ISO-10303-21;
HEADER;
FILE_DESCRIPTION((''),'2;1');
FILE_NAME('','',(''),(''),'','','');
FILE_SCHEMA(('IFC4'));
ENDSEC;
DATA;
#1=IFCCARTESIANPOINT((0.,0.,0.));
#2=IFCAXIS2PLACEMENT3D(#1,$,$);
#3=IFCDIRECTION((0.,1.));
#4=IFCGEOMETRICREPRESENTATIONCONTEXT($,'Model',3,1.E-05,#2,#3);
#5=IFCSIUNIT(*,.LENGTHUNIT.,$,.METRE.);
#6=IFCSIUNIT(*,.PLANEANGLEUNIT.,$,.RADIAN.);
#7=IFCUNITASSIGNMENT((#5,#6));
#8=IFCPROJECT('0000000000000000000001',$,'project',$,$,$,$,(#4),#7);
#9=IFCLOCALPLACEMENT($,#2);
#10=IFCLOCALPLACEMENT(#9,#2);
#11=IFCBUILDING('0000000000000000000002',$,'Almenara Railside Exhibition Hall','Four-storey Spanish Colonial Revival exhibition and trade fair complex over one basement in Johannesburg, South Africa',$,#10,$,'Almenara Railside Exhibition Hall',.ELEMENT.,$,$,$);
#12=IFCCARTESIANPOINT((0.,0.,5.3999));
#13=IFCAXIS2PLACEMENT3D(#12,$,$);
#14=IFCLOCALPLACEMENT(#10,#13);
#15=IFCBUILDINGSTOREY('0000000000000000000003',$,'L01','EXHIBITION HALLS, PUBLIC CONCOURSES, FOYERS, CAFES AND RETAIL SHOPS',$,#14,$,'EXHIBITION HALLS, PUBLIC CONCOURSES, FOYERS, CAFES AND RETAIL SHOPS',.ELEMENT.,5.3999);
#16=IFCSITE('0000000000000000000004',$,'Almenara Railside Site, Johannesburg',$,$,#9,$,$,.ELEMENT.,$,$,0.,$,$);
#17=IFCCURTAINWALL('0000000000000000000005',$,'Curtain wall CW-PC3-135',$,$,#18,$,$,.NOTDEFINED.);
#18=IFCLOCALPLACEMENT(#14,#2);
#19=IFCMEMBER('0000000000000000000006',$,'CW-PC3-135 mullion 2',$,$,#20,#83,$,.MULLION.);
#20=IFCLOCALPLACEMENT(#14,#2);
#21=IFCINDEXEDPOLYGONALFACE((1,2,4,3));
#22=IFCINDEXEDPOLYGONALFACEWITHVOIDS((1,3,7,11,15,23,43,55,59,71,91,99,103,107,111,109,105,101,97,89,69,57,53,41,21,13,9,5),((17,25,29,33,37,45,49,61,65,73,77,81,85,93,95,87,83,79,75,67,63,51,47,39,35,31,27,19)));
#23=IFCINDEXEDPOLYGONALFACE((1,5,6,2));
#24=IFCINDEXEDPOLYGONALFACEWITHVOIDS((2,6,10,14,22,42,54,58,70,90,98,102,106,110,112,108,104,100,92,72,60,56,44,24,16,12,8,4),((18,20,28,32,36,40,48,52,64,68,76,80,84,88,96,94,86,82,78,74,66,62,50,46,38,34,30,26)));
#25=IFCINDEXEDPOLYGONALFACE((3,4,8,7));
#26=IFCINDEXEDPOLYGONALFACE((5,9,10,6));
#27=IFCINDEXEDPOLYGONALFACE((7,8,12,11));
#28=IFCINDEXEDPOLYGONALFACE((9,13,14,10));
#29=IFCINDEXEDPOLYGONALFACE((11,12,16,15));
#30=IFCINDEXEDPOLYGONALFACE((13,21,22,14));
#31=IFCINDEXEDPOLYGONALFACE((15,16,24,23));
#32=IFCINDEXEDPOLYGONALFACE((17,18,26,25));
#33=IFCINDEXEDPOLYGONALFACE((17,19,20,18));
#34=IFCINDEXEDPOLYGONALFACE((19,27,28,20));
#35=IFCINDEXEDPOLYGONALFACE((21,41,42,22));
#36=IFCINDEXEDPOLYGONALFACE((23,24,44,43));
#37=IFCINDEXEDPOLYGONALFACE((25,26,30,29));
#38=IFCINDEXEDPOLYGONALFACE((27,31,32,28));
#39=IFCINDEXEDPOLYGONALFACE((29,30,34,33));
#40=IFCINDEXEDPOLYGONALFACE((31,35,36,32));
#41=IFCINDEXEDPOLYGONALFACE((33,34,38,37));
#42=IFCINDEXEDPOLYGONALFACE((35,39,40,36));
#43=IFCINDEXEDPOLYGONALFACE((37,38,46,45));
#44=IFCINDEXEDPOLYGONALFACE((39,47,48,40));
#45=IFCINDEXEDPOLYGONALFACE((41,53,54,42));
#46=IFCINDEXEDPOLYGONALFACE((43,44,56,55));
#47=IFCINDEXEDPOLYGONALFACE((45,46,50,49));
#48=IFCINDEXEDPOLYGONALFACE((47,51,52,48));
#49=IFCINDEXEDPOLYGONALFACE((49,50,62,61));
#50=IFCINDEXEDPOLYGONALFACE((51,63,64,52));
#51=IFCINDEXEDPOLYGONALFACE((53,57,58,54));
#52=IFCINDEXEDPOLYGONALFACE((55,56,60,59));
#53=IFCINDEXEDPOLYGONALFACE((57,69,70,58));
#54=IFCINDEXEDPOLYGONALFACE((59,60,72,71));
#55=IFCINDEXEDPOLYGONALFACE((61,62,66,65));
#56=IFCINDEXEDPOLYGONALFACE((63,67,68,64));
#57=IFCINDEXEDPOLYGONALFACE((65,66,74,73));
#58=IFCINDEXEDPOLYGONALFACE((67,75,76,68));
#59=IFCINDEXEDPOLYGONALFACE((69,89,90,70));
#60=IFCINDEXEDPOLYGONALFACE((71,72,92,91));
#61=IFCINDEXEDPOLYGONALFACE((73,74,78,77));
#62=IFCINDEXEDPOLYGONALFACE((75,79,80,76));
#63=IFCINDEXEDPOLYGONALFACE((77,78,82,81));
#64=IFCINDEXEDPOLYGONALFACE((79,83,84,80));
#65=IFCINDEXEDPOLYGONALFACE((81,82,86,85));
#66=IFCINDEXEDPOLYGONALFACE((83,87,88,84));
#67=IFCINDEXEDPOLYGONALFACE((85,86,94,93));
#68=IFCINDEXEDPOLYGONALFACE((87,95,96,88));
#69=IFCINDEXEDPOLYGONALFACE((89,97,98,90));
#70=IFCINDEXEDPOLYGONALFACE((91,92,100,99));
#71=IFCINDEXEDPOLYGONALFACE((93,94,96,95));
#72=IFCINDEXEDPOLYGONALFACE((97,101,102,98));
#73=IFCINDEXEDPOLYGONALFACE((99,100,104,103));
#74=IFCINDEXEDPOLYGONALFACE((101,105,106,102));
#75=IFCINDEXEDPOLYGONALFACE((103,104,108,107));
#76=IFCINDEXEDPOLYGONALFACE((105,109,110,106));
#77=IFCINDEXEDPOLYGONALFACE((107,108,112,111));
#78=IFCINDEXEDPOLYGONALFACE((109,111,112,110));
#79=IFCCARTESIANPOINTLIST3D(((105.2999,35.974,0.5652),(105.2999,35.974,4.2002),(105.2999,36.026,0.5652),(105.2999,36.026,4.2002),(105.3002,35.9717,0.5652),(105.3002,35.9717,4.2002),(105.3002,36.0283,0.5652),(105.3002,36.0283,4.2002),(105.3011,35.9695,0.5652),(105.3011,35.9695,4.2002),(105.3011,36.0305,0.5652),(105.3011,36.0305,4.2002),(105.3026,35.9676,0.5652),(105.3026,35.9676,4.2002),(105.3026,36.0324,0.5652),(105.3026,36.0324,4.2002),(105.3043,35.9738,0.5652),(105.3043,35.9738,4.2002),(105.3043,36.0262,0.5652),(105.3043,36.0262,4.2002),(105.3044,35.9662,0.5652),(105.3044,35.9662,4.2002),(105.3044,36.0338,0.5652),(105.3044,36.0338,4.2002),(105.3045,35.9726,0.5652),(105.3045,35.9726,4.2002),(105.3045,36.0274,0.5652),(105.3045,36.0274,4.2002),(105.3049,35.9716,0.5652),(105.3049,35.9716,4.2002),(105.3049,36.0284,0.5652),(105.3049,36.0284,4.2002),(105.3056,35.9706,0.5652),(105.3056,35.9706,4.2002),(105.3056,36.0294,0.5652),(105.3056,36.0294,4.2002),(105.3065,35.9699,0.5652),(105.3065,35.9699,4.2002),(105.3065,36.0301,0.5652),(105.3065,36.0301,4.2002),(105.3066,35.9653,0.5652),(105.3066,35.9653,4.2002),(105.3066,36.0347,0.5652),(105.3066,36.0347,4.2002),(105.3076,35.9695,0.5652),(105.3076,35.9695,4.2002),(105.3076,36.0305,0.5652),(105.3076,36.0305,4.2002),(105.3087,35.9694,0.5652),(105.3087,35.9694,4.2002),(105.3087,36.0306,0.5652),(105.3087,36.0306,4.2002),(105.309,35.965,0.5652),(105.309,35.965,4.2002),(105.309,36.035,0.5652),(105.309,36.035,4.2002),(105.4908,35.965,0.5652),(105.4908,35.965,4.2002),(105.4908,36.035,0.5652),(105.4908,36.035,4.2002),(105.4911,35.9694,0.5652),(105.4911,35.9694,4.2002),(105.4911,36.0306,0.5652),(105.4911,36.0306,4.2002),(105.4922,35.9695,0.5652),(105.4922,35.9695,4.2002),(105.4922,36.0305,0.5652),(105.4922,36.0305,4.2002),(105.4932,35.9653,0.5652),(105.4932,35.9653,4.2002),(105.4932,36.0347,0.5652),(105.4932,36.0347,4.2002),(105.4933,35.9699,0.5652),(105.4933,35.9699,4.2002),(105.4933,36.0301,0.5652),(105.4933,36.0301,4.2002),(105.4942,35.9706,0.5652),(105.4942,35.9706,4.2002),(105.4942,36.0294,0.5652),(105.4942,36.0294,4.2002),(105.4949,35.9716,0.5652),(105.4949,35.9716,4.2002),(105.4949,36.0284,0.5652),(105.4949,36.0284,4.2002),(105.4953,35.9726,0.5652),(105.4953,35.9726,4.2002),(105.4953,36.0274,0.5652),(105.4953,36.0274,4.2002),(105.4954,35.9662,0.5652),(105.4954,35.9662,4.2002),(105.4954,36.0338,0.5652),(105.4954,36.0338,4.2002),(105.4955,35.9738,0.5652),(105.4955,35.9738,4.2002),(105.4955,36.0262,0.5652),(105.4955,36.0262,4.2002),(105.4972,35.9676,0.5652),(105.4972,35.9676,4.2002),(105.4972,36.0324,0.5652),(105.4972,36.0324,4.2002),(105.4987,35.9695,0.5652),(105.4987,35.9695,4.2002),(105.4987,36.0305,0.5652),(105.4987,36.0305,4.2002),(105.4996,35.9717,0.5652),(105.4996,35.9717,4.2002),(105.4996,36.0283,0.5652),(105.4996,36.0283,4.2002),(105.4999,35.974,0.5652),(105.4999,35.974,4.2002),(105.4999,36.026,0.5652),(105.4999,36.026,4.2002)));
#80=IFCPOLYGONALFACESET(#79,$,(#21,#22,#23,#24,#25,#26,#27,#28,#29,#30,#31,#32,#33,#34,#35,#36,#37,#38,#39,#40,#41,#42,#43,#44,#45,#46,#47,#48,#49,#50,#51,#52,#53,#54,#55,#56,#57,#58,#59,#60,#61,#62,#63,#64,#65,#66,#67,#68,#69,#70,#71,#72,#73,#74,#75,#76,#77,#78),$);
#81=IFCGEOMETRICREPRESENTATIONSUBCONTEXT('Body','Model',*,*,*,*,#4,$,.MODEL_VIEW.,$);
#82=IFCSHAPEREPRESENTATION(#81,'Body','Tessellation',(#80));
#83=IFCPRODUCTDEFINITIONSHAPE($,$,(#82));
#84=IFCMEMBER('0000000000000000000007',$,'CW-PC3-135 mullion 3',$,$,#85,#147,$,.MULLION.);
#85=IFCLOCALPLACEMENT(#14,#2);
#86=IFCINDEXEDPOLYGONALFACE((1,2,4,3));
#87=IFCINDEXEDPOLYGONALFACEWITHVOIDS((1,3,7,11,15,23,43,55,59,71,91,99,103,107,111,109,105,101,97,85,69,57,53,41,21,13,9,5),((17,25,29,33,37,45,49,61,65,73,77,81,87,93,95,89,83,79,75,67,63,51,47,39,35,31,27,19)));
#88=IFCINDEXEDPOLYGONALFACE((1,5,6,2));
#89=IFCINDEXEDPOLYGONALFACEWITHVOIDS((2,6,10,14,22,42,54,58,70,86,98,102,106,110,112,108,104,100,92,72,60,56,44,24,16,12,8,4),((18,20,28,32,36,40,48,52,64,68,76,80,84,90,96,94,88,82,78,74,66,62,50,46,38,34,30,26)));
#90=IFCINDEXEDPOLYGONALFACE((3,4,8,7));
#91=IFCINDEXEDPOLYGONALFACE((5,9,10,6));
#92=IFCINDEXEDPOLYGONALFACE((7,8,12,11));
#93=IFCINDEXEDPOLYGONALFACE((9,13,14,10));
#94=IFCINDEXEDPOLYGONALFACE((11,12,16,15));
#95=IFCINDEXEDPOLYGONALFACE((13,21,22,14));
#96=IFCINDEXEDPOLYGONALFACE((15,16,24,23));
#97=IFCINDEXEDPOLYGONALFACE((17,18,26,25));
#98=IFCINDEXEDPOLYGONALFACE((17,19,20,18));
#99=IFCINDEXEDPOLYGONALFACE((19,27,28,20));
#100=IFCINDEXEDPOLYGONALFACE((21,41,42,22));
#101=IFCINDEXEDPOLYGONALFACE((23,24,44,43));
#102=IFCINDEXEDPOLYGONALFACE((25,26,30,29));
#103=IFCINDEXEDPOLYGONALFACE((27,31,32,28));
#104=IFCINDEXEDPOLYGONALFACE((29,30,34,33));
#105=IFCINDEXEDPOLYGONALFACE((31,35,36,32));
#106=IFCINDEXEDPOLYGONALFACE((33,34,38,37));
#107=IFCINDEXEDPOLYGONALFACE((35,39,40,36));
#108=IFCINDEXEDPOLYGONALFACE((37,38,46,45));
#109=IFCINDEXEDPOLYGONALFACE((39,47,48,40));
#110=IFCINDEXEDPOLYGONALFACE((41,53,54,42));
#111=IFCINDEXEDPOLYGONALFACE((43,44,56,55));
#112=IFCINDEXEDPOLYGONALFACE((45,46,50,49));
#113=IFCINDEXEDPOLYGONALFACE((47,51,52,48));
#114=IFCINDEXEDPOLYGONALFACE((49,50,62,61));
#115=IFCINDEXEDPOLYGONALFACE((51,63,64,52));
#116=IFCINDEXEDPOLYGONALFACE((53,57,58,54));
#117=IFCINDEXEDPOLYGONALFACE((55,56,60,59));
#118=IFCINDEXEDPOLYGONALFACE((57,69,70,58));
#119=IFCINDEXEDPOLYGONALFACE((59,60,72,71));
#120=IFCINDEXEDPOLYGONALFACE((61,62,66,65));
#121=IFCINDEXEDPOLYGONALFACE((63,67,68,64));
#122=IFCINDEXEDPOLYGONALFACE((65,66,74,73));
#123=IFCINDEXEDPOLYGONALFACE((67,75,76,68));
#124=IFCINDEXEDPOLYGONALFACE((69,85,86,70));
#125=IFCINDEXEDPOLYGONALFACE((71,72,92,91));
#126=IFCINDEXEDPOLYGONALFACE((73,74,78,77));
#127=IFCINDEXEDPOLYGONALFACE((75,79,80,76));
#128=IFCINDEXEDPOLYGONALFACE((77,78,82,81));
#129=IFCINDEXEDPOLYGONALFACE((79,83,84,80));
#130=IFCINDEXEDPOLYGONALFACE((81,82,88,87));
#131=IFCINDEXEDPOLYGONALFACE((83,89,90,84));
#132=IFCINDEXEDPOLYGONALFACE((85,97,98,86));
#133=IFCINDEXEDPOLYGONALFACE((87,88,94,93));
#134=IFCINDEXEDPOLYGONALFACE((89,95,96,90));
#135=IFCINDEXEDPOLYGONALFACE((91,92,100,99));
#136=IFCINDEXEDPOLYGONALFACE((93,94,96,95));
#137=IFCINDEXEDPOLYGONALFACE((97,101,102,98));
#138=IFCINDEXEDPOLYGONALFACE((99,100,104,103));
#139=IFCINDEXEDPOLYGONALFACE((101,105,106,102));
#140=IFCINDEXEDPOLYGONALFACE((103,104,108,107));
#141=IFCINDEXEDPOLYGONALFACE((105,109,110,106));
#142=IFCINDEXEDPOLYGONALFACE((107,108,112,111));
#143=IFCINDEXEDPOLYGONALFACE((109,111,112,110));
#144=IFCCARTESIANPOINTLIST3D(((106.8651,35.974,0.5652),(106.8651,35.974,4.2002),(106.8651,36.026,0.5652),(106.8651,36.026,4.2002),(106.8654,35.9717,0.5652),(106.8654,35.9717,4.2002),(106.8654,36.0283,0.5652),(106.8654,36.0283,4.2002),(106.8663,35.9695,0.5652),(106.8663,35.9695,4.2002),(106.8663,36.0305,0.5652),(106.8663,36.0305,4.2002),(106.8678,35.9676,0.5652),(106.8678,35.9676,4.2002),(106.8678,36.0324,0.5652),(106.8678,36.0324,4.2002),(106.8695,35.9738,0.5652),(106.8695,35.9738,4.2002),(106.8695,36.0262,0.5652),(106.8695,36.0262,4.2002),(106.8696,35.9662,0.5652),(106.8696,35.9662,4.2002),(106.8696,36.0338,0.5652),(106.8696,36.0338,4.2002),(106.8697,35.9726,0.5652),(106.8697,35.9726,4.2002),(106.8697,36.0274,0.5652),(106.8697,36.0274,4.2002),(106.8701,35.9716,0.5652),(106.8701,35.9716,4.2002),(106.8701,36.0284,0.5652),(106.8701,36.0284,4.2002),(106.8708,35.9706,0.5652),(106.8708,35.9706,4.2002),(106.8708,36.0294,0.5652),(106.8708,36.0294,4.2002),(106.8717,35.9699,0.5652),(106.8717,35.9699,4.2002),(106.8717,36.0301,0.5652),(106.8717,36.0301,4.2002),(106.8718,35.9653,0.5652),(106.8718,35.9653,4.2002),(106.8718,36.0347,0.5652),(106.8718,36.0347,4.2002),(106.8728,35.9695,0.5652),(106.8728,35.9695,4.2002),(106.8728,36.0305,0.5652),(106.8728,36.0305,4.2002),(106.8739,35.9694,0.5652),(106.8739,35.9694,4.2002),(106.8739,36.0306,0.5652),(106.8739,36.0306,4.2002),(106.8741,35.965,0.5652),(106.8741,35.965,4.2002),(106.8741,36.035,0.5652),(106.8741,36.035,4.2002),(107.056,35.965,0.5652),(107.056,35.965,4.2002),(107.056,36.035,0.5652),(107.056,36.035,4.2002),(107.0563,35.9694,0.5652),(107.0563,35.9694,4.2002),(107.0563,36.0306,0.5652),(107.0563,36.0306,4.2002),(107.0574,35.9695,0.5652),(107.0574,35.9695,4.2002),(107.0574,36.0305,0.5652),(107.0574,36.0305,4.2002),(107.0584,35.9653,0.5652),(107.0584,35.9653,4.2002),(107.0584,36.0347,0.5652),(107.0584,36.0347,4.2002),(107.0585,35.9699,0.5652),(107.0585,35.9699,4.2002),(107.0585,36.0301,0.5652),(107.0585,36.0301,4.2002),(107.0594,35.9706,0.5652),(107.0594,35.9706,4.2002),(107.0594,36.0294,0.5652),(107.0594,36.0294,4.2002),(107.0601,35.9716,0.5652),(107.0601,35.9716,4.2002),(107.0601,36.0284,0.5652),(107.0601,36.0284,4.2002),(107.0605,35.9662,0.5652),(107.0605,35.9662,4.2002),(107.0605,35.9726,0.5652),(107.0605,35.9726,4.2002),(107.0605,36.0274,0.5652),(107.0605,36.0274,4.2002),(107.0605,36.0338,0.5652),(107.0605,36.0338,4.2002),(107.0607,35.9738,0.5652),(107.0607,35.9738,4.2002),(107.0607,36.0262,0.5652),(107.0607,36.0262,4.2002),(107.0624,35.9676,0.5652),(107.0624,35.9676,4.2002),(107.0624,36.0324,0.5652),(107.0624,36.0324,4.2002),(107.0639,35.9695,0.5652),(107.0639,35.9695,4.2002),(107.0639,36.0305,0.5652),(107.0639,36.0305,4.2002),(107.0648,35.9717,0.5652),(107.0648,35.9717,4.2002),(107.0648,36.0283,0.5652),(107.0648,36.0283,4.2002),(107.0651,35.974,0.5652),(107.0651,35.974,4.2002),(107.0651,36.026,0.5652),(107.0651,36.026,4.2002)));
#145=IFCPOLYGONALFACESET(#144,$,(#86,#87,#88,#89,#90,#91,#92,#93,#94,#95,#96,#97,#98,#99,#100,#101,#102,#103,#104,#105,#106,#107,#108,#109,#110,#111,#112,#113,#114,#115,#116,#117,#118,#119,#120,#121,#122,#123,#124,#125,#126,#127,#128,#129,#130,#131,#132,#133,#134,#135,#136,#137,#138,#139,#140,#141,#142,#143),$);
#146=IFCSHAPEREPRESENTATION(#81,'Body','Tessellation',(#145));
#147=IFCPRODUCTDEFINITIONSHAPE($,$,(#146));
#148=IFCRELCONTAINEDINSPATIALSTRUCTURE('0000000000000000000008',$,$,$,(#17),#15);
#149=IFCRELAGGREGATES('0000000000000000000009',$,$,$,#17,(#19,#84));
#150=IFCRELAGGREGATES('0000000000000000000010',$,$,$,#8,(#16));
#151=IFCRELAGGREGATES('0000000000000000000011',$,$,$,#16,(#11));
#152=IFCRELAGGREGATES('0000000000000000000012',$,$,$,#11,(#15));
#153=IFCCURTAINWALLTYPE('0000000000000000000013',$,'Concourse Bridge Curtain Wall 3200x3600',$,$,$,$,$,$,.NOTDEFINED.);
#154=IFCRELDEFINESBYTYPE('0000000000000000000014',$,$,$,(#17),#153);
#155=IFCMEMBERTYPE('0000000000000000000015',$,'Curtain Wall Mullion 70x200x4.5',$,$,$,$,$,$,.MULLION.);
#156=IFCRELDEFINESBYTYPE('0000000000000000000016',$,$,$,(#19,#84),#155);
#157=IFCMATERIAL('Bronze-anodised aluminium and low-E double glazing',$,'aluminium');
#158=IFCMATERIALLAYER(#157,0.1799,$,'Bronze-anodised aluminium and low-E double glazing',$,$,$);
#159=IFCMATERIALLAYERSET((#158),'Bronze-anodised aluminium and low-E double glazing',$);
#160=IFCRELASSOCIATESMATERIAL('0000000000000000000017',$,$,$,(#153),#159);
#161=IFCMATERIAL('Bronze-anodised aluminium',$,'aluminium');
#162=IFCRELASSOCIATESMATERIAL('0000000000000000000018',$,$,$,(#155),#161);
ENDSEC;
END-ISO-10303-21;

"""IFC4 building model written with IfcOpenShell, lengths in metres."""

from ifc_helpers import new_model, si_unit, direction, frame, origin, origin_2d, place, context, subcontext, project, spatial, hollow_rectangle, extrude, material, layer, layer_set, material_profile, profile_set, type_object, element, aggregate, save


model = new_model("IFC4")

# Units and contexts
model_context = context("Model", 3, precision=1e-05, world=origin(), true_north=direction((0.0, 1.0)))
body_context = subcontext(model_context, "Body", "Model", "MODEL_VIEW")
ifc_project = project(units=[si_unit("LENGTHUNIT", "METRE"), si_unit("PLANEANGLEUNIT", "RADIAN")], contexts=[model_context])

# Site, building, storey
site_placement = place(None, origin())
site = spatial("IfcSite", under=ifc_project, at=site_placement, Name="Almenara Railside Site, Johannesburg", CompositionType="ELEMENT", RefElevation=0.0)
building_placement = place(site_placement, origin())
building = spatial("IfcBuilding", under=site, at=building_placement, Name="Almenara Railside Exhibition Hall", Description="Four-storey Spanish Colonial Revival exhibition and trade fair complex over one basement in Johannesburg, South Africa", LongName="Almenara Railside Exhibition Hall", CompositionType="ELEMENT")
storey_placement = place(building_placement, frame((0.0, 0.0, 5.3999)))
storey = spatial("IfcBuildingStorey", under=building, at=storey_placement, Name="L01", Description="EXHIBITION HALLS, PUBLIC CONCOURSES, FOYERS, CAFES AND RETAIL SHOPS", LongName="EXHIBITION HALLS, PUBLIC CONCOURSES, FOYERS, CAFES AND RETAIL SHOPS", CompositionType="ELEMENT", Elevation=5.3999)

# Shared definitions
ifc_material_1 = material(Name="Bronze-anodised aluminium and low-E double glazing", Category="aluminium")
ifc_layer_1 = layer(ifc_material_1, 0.1799, Name="Bronze-anodised aluminium and low-E double glazing")
ifc_layer_set_1 = layer_set([ifc_layer_1], Name="Bronze-anodised aluminium and low-E double glazing")
curtain_wall_type = type_object("IfcCurtainWallType", Name="Concourse Bridge Curtain Wall 3200x3600", PredefinedType="NOTDEFINED", material=ifc_layer_set_1)
ifc_material_2 = material(Name="Bronze-anodised aluminium", Category="aluminium")

# Curtain wall, members
curtain_wall_1_placement = place(storey_placement, origin())
curtain_wall_1 = element("IfcCurtainWall", 1, at=curtain_wall_1_placement, inside=storey, type_object=curtain_wall_type, Name="Curtain wall CW-PC3-135", PredefinedType="NOTDEFINED")
ifc_material_profile_1 = material_profile(ifc_material_2, hollow_rectangle(XDim=0.0701, YDim=0.2, WallThickness=0.0044, InnerFilletRadius=0.0044, OuterFilletRadius=0.009, at=origin_2d()), Name="ALU-MUL 70x200x4.5")
ifc_profile_set_1 = profile_set([ifc_material_profile_1], Name="Bronze-anodised aluminium")
member_type_1 = type_object("IfcMemberType", Name="Curtain Wall Mullion 70x200x4.5", PredefinedType="MULLION", material=ifc_profile_set_1)
member_1_placement = place(storey_placement, frame((105.3999, 36.0, 0.5652), z_axis=(0.0, 0.0, 1.0), x_axis=(0.0, 1.0, 0.0)))
member_1 = element("IfcMember", 2, at=member_1_placement, type_object=member_type_1, Name="CW-PC3-135 mullion 2", PredefinedType="MULLION", context=body_context, shape_type="SweptSolid", body=[
    extrude(hollow_rectangle(XDim=0.0701, YDim=0.2, WallThickness=0.0044, InnerFilletRadius=0.0044, OuterFilletRadius=0.009, at=origin_2d()), origin(), (0.0, 0.0, 1.0), 3.635),
])
member_2_placement = place(storey_placement, frame((106.9651, 36.0, 0.5652), z_axis=(0.0, 0.0, 1.0), x_axis=(0.0, 1.0, 0.0)))
member_2 = element("IfcMember", 3, at=member_2_placement, type_object=member_type_1, Name="CW-PC3-135 mullion 3", PredefinedType="MULLION", context=body_context, shape_type="SweptSolid", body=[
    extrude(hollow_rectangle(XDim=0.0701, YDim=0.2, WallThickness=0.0044, InnerFilletRadius=0.0044, OuterFilletRadius=0.009, at=origin_2d()), origin(), (0.0, 0.0, 1.0), 3.635),
])

aggregate(curtain_wall_1, [member_1, member_2])

save(model, "model.ifc")
